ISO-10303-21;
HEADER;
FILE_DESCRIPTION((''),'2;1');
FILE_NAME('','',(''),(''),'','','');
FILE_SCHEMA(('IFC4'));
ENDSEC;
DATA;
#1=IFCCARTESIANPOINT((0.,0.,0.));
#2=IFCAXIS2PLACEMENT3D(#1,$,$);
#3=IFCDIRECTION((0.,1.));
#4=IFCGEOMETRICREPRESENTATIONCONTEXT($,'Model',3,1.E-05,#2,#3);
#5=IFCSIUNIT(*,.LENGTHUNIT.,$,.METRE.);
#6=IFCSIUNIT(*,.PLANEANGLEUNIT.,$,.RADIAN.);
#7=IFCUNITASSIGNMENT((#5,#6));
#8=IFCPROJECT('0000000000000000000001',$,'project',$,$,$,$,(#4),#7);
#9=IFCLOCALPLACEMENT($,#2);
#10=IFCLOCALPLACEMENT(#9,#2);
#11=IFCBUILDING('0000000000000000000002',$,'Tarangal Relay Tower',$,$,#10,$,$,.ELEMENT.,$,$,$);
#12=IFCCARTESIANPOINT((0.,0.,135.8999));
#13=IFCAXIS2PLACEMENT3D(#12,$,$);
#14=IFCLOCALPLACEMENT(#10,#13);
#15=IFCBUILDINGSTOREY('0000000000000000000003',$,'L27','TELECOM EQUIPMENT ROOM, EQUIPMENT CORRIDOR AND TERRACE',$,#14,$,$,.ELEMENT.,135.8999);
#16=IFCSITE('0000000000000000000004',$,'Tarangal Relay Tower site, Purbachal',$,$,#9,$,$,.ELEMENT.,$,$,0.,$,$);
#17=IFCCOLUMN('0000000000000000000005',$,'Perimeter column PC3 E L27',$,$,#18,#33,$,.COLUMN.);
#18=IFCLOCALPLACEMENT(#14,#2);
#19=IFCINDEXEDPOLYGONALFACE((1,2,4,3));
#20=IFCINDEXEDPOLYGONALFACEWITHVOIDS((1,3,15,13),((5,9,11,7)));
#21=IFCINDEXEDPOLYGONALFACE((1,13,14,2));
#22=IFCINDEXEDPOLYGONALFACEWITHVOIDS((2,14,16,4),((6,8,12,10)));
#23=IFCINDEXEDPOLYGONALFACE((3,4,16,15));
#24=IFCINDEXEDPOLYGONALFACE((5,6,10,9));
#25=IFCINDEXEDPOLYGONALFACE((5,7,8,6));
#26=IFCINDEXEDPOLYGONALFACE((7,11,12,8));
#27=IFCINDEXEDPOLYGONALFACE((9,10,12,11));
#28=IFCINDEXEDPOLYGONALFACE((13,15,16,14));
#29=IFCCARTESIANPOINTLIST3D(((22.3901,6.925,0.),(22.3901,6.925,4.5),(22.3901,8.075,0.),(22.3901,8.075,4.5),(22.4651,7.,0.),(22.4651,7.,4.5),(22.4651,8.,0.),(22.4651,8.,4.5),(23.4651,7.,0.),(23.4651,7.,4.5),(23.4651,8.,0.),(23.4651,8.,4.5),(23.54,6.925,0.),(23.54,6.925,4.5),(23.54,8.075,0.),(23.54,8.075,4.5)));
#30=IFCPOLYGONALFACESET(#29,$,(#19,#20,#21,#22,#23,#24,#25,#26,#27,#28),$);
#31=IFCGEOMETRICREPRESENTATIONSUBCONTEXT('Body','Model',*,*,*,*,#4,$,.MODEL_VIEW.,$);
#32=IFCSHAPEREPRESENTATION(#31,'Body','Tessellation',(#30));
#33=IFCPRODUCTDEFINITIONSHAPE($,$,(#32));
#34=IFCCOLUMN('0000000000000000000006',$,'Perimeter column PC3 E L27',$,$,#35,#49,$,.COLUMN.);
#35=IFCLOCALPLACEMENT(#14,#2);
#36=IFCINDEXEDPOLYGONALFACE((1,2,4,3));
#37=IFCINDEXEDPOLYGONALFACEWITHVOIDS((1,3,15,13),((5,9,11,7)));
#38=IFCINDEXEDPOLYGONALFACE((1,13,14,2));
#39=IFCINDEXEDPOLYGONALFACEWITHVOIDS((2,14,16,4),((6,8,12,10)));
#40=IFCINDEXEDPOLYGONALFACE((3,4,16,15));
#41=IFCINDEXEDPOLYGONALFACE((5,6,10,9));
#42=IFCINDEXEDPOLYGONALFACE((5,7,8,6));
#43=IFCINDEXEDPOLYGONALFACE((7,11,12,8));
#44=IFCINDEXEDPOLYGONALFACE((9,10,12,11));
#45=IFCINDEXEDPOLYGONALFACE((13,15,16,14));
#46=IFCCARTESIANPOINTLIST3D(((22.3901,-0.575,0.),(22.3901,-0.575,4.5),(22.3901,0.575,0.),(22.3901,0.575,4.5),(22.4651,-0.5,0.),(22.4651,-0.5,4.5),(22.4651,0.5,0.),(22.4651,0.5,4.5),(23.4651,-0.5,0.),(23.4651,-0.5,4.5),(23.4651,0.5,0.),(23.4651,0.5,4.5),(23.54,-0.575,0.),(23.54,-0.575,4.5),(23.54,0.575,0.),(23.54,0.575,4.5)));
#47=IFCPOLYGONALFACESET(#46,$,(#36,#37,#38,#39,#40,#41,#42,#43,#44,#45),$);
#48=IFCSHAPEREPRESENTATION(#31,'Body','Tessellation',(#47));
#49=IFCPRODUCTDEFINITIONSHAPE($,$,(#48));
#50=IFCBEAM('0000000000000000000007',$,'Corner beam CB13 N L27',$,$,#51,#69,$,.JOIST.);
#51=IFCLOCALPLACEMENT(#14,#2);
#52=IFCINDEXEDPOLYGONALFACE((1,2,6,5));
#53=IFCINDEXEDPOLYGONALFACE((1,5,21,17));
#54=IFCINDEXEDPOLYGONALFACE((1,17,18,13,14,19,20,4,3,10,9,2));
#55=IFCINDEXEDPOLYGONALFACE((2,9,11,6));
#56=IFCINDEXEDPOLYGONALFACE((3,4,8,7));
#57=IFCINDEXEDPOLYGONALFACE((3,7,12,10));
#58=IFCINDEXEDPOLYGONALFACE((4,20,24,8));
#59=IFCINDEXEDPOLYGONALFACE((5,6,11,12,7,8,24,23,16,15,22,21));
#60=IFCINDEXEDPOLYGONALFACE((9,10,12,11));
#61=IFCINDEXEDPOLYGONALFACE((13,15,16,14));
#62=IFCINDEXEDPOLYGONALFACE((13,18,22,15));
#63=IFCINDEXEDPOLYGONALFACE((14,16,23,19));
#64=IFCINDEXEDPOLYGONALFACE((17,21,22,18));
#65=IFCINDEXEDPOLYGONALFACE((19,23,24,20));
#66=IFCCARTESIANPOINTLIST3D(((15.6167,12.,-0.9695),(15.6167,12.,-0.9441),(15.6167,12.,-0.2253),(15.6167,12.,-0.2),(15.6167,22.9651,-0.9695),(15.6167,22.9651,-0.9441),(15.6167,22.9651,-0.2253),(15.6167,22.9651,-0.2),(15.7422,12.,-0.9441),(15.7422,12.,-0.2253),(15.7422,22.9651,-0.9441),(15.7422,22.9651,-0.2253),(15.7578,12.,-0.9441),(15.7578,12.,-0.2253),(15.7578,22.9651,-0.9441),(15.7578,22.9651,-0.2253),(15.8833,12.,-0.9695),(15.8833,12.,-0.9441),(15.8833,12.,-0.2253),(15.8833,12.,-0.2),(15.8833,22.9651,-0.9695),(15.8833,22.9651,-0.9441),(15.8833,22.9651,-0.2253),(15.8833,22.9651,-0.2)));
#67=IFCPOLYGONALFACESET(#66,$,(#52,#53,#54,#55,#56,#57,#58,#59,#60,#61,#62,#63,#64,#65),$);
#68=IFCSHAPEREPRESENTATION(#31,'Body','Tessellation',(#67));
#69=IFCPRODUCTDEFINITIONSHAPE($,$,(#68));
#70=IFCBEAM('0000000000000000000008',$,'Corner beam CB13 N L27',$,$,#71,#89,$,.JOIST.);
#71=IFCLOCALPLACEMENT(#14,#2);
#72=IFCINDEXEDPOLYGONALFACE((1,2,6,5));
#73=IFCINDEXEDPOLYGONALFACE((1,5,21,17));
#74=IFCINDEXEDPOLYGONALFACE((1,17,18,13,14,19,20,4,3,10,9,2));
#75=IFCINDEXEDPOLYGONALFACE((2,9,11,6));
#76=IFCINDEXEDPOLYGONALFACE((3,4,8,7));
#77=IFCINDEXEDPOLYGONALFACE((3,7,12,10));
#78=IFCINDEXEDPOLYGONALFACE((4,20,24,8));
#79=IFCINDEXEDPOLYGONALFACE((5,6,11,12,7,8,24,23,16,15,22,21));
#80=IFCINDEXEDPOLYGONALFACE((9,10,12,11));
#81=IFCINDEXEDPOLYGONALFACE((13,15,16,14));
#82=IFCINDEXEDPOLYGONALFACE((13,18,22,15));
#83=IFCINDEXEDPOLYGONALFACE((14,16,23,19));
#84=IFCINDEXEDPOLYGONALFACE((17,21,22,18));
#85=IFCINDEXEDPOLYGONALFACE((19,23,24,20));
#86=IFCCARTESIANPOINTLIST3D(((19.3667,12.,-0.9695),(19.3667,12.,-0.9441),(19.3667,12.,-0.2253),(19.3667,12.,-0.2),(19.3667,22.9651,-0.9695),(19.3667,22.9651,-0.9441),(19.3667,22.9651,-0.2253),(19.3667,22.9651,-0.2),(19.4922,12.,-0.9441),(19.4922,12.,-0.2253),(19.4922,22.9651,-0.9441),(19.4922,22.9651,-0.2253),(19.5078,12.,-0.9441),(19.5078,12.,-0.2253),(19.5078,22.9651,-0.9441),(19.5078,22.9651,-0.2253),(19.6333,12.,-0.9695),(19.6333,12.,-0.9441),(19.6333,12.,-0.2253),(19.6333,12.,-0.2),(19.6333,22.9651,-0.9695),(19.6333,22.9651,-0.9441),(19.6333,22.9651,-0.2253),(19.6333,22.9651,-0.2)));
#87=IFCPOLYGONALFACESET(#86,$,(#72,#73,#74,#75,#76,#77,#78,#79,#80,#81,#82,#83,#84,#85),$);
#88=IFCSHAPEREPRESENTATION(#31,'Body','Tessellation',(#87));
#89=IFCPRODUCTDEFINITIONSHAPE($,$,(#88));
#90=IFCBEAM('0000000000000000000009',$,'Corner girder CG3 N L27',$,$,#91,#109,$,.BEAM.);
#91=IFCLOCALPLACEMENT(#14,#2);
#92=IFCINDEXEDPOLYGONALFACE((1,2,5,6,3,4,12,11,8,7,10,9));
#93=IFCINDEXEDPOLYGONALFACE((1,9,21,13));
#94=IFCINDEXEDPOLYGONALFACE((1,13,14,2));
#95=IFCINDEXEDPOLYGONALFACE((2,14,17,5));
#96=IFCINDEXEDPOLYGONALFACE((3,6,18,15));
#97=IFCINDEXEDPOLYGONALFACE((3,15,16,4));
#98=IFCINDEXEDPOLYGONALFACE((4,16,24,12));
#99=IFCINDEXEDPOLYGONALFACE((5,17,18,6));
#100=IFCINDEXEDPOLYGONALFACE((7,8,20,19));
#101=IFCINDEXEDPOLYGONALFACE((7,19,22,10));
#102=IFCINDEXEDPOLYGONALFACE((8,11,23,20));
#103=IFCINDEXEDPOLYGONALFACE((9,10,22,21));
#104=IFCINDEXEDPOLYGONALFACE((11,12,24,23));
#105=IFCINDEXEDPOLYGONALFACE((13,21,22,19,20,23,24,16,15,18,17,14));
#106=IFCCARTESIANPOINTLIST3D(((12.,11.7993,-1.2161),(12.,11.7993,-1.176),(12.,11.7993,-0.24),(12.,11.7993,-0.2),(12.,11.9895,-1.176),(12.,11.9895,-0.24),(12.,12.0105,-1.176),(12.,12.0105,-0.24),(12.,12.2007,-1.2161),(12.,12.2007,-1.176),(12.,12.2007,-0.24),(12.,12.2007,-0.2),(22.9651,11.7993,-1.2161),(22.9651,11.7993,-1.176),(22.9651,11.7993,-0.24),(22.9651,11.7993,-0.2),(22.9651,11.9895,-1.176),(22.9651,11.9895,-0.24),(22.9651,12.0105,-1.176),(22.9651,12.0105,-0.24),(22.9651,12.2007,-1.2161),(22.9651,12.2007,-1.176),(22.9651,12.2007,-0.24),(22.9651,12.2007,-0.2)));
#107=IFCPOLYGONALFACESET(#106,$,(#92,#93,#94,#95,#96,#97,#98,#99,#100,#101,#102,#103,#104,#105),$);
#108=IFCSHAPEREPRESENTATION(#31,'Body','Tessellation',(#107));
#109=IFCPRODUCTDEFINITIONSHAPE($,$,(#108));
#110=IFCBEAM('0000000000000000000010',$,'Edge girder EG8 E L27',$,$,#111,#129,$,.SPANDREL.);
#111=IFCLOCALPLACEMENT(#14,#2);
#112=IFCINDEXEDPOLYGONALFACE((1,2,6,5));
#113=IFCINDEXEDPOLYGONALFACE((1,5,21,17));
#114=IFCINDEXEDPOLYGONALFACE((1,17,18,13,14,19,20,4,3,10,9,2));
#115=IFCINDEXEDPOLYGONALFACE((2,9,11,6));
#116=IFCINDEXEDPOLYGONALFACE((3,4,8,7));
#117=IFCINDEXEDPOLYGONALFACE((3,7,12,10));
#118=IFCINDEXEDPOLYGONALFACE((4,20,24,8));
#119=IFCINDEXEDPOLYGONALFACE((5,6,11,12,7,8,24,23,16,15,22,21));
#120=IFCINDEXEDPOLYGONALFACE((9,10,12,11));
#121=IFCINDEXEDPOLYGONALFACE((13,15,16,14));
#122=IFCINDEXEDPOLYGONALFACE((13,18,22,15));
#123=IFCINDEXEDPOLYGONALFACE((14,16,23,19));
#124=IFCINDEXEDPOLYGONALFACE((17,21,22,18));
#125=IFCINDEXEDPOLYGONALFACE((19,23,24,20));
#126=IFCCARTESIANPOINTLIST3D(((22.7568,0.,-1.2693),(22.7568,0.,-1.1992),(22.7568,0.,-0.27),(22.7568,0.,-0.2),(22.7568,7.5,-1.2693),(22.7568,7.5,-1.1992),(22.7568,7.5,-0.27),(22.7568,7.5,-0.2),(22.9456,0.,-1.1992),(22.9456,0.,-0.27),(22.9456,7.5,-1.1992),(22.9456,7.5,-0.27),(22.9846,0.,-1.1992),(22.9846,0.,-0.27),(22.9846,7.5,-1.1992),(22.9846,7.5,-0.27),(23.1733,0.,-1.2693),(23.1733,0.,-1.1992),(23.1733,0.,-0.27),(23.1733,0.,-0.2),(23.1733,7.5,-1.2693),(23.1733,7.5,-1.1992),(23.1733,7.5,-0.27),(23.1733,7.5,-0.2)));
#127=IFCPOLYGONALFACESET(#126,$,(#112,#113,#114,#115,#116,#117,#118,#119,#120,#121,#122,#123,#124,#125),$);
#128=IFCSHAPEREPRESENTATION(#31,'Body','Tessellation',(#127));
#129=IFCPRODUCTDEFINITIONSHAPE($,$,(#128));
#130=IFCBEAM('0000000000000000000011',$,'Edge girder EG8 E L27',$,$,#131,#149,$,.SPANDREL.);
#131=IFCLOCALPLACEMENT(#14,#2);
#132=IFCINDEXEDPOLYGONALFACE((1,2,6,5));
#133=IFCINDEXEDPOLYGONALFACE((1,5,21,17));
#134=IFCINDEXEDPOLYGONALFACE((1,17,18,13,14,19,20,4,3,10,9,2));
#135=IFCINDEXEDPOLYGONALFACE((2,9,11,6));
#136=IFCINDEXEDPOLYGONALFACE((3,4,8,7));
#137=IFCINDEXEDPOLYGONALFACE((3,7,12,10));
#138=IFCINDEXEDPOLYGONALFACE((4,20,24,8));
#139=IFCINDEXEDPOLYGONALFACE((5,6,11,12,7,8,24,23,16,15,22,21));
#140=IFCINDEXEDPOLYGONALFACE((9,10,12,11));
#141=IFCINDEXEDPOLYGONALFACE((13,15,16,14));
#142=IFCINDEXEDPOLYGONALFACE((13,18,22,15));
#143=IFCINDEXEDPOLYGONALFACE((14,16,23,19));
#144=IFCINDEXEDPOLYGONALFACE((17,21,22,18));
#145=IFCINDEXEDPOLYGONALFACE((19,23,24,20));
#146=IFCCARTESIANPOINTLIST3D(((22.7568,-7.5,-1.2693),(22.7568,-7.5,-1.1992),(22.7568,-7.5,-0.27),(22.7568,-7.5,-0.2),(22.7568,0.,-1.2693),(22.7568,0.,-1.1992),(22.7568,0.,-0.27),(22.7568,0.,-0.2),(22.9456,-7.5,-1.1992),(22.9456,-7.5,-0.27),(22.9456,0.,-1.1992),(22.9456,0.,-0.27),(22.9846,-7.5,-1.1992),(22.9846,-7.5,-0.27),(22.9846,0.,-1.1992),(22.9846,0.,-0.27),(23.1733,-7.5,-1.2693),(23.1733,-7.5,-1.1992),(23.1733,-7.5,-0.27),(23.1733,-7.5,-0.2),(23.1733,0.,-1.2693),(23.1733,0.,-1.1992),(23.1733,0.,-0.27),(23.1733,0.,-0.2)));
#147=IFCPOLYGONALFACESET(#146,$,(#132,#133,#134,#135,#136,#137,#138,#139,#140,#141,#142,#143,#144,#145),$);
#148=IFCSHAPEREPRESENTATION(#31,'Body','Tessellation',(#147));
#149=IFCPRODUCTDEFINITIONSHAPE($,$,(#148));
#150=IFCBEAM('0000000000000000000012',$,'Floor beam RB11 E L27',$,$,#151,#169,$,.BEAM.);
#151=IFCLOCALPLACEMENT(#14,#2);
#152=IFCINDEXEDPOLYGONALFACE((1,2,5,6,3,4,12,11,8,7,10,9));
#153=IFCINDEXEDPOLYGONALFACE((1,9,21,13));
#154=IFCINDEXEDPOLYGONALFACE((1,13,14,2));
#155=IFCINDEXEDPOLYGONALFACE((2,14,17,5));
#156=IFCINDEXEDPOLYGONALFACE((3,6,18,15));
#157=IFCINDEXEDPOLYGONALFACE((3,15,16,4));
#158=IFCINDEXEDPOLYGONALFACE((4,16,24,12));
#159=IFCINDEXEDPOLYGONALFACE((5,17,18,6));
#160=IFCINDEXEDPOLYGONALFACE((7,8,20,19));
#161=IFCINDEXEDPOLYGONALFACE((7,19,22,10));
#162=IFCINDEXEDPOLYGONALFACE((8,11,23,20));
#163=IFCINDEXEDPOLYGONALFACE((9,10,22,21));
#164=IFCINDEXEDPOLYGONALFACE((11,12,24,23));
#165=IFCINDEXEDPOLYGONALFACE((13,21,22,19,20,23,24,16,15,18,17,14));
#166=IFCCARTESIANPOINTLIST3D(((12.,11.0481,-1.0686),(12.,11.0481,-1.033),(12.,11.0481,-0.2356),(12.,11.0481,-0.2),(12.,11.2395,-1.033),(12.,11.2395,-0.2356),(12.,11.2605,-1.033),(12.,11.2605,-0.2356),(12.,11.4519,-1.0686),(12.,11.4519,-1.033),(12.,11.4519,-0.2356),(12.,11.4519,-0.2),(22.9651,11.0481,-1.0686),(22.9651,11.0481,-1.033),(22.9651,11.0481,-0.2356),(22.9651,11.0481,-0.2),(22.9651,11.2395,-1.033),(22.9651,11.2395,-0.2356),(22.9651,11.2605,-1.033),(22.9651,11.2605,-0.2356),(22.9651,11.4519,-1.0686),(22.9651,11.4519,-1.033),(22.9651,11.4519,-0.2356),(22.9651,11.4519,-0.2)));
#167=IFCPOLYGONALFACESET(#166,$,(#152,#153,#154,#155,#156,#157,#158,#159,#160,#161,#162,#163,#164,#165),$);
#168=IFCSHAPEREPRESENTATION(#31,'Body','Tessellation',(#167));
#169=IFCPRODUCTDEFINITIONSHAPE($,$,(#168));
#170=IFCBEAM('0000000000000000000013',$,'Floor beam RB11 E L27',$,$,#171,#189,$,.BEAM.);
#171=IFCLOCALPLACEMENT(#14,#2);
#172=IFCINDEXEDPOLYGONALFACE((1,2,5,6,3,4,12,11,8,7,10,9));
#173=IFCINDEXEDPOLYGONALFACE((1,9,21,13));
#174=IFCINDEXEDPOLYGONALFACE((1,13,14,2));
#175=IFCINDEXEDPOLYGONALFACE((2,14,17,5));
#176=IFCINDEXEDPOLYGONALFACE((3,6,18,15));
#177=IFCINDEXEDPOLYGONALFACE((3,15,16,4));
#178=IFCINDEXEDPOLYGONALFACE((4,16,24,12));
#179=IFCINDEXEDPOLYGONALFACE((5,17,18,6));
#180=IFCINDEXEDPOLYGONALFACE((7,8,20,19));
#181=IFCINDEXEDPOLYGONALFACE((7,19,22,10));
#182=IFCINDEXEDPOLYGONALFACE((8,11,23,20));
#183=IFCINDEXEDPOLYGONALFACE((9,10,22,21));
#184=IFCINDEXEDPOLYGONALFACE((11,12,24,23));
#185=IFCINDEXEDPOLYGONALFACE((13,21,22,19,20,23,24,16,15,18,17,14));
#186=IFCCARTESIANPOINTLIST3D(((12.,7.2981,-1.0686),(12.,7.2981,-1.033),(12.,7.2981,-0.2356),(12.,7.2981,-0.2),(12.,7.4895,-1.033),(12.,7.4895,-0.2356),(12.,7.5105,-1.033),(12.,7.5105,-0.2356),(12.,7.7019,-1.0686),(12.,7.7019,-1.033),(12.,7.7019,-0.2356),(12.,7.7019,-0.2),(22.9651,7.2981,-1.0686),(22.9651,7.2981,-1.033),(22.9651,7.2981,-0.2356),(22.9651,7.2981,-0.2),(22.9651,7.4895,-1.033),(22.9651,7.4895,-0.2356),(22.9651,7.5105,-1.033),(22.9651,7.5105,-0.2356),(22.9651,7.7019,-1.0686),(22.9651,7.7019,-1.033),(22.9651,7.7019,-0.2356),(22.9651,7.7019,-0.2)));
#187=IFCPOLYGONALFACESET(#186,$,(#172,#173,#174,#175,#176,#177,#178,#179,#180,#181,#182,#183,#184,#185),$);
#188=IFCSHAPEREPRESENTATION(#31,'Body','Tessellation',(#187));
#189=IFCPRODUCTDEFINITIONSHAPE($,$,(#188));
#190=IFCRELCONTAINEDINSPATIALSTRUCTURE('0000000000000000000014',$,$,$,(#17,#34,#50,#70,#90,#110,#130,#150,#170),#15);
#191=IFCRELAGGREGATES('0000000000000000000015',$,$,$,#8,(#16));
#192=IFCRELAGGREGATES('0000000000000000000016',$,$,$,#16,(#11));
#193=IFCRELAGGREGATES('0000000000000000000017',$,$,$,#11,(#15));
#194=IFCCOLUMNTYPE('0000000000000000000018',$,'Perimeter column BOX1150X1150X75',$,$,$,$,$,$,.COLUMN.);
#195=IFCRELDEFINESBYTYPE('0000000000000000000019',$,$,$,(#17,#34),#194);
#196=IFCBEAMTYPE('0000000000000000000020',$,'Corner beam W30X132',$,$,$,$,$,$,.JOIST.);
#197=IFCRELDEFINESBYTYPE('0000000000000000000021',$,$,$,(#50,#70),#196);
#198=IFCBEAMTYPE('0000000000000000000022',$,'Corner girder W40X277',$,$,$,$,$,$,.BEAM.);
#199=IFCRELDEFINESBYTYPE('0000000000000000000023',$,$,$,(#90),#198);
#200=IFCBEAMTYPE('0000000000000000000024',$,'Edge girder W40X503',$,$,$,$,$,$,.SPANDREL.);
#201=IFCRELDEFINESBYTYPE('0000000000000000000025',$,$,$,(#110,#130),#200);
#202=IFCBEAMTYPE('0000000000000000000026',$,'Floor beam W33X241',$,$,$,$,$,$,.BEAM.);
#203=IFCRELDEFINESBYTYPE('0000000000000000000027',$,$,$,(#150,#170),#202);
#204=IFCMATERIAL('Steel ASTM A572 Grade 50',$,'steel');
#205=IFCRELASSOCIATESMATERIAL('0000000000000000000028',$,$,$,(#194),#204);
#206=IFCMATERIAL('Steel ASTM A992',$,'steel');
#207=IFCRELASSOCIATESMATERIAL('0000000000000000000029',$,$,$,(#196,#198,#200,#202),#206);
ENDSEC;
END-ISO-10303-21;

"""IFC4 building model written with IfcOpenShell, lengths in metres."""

from ifc_helpers import new_model, si_unit, direction, frame, origin, origin_2d, place, context, subcontext, project, spatial, hollow_rectangle, i_section, extrude, material, material_profile, profile_set, type_object, element, save


model = new_model("IFC4")

# Units and contexts
model_context = context("Model", 3, precision=1e-05, world=origin(), true_north=direction((0.0, 1.0)))
body_context = subcontext(model_context, "Body", "Model", "MODEL_VIEW")
ifc_project = project(units=[si_unit("LENGTHUNIT", "METRE"), si_unit("PLANEANGLEUNIT", "RADIAN")], contexts=[model_context])

# Site, building, storey
site_placement = place(None, origin())
site = spatial("IfcSite", under=ifc_project, at=site_placement, Name="Tarangal Relay Tower site, Purbachal", CompositionType="ELEMENT", RefElevation=0.0)
building_placement = place(site_placement, origin())
building = spatial("IfcBuilding", under=site, at=building_placement, Name="Tarangal Relay Tower", CompositionType="ELEMENT")
storey_placement = place(building_placement, frame((0.0, 0.0, 135.8999)))
storey = spatial("IfcBuildingStorey", under=building, at=storey_placement, Name="L27", Description="TELECOM EQUIPMENT ROOM, EQUIPMENT CORRIDOR AND TERRACE", CompositionType="ELEMENT", Elevation=135.8999)

# Columns
ifc_material_1 = material(Name="Steel ASTM A572 Grade 50", Category="steel")
ifc_material_profile_1 = material_profile(ifc_material_1, hollow_rectangle(XDim=1.1499, YDim=1.1499, WallThickness=0.075, at=origin_2d()), Name="BOX1150X1150X75")
ifc_profile_set_1 = profile_set([ifc_material_profile_1], Name="Steel ASTM A572 Grade 50")
column_type = type_object("IfcColumnType", Name="Perimeter column BOX1150X1150X75", PredefinedType="COLUMN", material=ifc_profile_set_1)
for number, where, z_axis, x_axis, name in (
    (1, (22.9651, 7.5, 0.0), (0.0, 0.0, 1.0), (1.0, 0.0, 0.0), "Perimeter column PC3 E L27"),
    (2, (22.9651, 0.0, 0.0), (0.0, 0.0, 1.0), (1.0, 0.0, 0.0), "Perimeter column PC3 E L27"),
):
    element("IfcColumn", number, at=place(storey_placement, frame(where, z_axis=z_axis, x_axis=x_axis)), inside=storey, type_object=column_type, Name=name, PredefinedType="COLUMN", context=body_context, shape_type="SweptSolid", body=[
        extrude(hollow_rectangle(XDim=1.1499, YDim=1.1499, WallThickness=0.075, at=origin_2d()), origin(), (0.0, 0.0, 1.0), 4.5),
    ])

# Beams
ifc_material_2 = material(Name="Steel ASTM A992", Category="steel")
ifc_material_profile_2 = material_profile(ifc_material_2, i_section(OverallWidth=0.2666, OverallDepth=0.7695, WebThickness=0.0156, FlangeThickness=0.0254, at=origin_2d()), Name="W30X132")
ifc_profile_set_2 = profile_set([ifc_material_profile_2], Name="Steel ASTM A992")
beam_type_1 = type_object("IfcBeamType", Name="Corner beam W30X132", PredefinedType="JOIST", material=ifc_profile_set_2)
for number, where, z_axis, x_axis, name in (
    (3, (15.75, 12.0, -0.5847), (0.0, 1.0, 0.0), (-1.0, 0.0, 0.0), "Corner beam CB13 N L27"),
    (4, (19.5, 12.0, -0.5847), (0.0, 1.0, 0.0), (-1.0, 0.0, 0.0), "Corner beam CB13 N L27"),
):
    element("IfcBeam", number, at=place(storey_placement, frame(where, z_axis=z_axis, x_axis=x_axis)), inside=storey, type_object=beam_type_1, Name=name, PredefinedType="JOIST", context=body_context, shape_type="SweptSolid", body=[
        extrude(i_section(OverallWidth=0.2666, OverallDepth=0.7695, WebThickness=0.0156, FlangeThickness=0.0254, at=origin_2d()), origin(), (0.0, 0.0, 1.0), 10.9651),
    ])
ifc_material_profile_3 = material_profile(ifc_material_2, i_section(OverallWidth=0.4014, OverallDepth=1.0161, WebThickness=0.021, FlangeThickness=0.04, at=origin_2d()), Name="W40X277")
ifc_profile_set_3 = profile_set([ifc_material_profile_3], Name="Steel ASTM A992")
beam_type_2 = type_object("IfcBeamType", Name="Corner girder W40X277", PredefinedType="BEAM", material=ifc_profile_set_3)
beam_placement = place(storey_placement, frame((12.0, 12.0, -0.708), z_axis=(1.0, 0.0, 0.0), x_axis=(0.0, 1.0, 0.0)))
element("IfcBeam", 5, at=beam_placement, inside=storey, type_object=beam_type_2, Name="Corner girder CG3 N L27", PredefinedType="BEAM", context=body_context, shape_type="SweptSolid", body=[
    extrude(i_section(OverallWidth=0.4014, OverallDepth=1.0161, WebThickness=0.021, FlangeThickness=0.04, at=origin_2d()), origin(), (0.0, 0.0, 1.0), 10.9651),
])
ifc_material_profile_4 = material_profile(ifc_material_2, i_section(OverallWidth=0.4165, OverallDepth=1.0693, WebThickness=0.0391, FlangeThickness=0.0701, at=origin_2d()), Name="W40X503")
ifc_profile_set_4 = profile_set([ifc_material_profile_4], Name="Steel ASTM A992")
beam_type_3 = type_object("IfcBeamType", Name="Edge girder W40X503", PredefinedType="SPANDREL", material=ifc_profile_set_4)
for number, where, z_axis, x_axis, name in (
    (6, (22.9651, 7.5, -0.7346), (0.0, -1.0, 0.0), (1.0, 0.0, 0.0), "Edge girder EG8 E L27"),
    (7, (22.9651, 0.0, -0.7346), (0.0, -1.0, 0.0), (1.0, 0.0, 0.0), "Edge girder EG8 E L27"),
):
    element("IfcBeam", number, at=place(storey_placement, frame(where, z_axis=z_axis, x_axis=x_axis)), inside=storey, type_object=beam_type_3, Name=name, PredefinedType="SPANDREL", context=body_context, shape_type="SweptSolid", body=[
        extrude(i_section(OverallWidth=0.4165, OverallDepth=1.0693, WebThickness=0.0391, FlangeThickness=0.0701, at=origin_2d()), origin(), (0.0, 0.0, 1.0), 7.5),
    ])
ifc_material_profile_5 = material_profile(ifc_material_2, i_section(OverallWidth=0.4038, OverallDepth=0.8687, WebThickness=0.021, FlangeThickness=0.0356, at=origin_2d()), Name="W33X241")
ifc_profile_set_5 = profile_set([ifc_material_profile_5], Name="Steel ASTM A992")
beam_type_4 = type_object("IfcBeamType", Name="Floor beam W33X241", PredefinedType="BEAM", material=ifc_profile_set_5)
for number, where, z_axis, x_axis, name in (
    (8, (12.0, 11.25, -0.6343), (1.0, 0.0, 0.0), (0.0, 1.0, 0.0), "Floor beam RB11 E L27"),
    (9, (12.0, 7.5, -0.6343), (1.0, 0.0, 0.0), (0.0, 1.0, 0.0), "Floor beam RB11 E L27"),
):
    element("IfcBeam", number, at=place(storey_placement, frame(where, z_axis=z_axis, x_axis=x_axis)), inside=storey, type_object=beam_type_4, Name=name, PredefinedType="BEAM", context=body_context, shape_type="SweptSolid", body=[
        extrude(i_section(OverallWidth=0.4038, OverallDepth=0.8687, WebThickness=0.021, FlangeThickness=0.0356, at=origin_2d()), origin(), (0.0, 0.0, 1.0), 10.9651),
    ])

save(model, "model.ifc")
